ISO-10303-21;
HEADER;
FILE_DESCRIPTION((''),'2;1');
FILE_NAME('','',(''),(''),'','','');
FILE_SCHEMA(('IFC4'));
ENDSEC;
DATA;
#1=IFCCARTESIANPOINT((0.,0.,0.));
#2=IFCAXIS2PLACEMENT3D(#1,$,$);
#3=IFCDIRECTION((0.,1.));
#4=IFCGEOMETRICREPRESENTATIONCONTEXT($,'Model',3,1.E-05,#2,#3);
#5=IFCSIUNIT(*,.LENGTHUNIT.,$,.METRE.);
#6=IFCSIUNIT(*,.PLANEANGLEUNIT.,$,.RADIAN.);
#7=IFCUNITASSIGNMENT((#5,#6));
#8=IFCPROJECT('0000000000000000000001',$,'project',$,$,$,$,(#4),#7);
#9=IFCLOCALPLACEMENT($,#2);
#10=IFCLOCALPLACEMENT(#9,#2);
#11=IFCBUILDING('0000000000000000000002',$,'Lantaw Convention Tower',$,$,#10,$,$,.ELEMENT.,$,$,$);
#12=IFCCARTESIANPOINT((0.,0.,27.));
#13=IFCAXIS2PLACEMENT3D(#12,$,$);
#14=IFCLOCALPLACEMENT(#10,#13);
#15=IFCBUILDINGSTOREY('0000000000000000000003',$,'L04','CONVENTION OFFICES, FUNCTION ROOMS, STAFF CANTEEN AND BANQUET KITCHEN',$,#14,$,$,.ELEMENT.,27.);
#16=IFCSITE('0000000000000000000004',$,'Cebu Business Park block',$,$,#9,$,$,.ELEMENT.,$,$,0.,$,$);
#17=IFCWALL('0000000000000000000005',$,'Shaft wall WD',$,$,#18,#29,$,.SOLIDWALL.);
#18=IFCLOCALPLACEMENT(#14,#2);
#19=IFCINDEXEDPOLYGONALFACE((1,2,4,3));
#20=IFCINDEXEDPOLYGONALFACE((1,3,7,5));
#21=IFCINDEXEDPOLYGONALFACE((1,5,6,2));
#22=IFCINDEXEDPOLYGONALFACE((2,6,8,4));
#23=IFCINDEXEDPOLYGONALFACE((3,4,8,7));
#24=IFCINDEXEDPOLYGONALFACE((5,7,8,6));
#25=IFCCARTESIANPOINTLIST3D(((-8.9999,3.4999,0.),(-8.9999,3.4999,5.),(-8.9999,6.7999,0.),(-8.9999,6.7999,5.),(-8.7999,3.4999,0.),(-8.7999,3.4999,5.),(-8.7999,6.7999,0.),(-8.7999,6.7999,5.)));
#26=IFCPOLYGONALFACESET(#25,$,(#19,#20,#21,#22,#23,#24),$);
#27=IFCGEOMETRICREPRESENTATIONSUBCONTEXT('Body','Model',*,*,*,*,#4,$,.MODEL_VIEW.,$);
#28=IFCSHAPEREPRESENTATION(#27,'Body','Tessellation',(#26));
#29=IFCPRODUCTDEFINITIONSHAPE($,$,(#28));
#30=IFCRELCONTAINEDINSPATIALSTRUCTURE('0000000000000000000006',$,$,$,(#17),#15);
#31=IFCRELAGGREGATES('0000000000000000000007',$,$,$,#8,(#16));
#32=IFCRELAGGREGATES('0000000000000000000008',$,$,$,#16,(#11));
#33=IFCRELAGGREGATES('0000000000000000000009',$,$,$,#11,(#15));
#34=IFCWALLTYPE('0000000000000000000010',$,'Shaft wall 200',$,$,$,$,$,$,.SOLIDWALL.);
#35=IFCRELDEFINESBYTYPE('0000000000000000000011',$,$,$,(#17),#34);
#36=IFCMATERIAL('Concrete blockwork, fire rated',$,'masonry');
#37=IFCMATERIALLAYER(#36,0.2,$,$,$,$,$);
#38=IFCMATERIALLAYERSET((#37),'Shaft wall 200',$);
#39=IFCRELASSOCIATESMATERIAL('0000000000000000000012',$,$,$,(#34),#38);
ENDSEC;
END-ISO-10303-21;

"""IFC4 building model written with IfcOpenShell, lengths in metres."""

from ifc_helpers import new_model, si_unit, direction, frame, frame_2d, origin, place, context, subcontext, project, spatial, rectangle, extrude, material, layer, layer_set, type_object, element, save


model = new_model("IFC4")

# Units and contexts
model_context = context("Model", 3, precision=1e-05, world=origin(), true_north=direction((0.0, 1.0)))
body_context = subcontext(model_context, "Body", "Model", "MODEL_VIEW")
ifc_project = project(units=[si_unit("LENGTHUNIT", "METRE"), si_unit("PLANEANGLEUNIT", "RADIAN")], contexts=[model_context])

# Site, building, storey
site_placement = place(None, origin())
site = spatial("IfcSite", under=ifc_project, at=site_placement, Name="Cebu Business Park block", CompositionType="ELEMENT", RefElevation=0.0)
building_placement = place(site_placement, origin())
building = spatial("IfcBuilding", under=site, at=building_placement, Name="Lantaw Convention Tower", CompositionType="ELEMENT")
storey_placement = place(building_placement, frame((0.0, 0.0, 27.0)))
storey = spatial("IfcBuildingStorey", under=building, at=storey_placement, Name="L04", Description="CONVENTION OFFICES, FUNCTION ROOMS, STAFF CANTEEN AND BANQUET KITCHEN", CompositionType="ELEMENT", Elevation=27.0)

# Shared definitions
ifc_material_1 = material(Name="Concrete blockwork, fire rated", Category="masonry")
ifc_layer_1 = layer(ifc_material_1, 0.2)
ifc_layer_set_1 = layer_set([ifc_layer_1], Name="Shaft wall 200")
wall_type_1 = type_object("IfcWallType", Name="Shaft wall 200", PredefinedType="SOLIDWALL", material=ifc_layer_set_1)

# Wall
wall_1_placement = place(storey_placement, frame((-8.8999, 3.5, 0.0), z_axis=(0.0, 0.0, 1.0), x_axis=(0.0, 1.0, 0.0)))
element("IfcWall", 1, at=wall_1_placement, inside=storey, type_object=wall_type_1, Name="Shaft wall WD", PredefinedType="SOLIDWALL", context=body_context, shape_type="SweptSolid", body=[
    extrude(rectangle(XDim=3.3, YDim=0.2, at=frame_2d((1.6499, 0.0))), origin(), (0.0, 0.0, 1.0), 5.0),
])

save(model, "model.ifc")
